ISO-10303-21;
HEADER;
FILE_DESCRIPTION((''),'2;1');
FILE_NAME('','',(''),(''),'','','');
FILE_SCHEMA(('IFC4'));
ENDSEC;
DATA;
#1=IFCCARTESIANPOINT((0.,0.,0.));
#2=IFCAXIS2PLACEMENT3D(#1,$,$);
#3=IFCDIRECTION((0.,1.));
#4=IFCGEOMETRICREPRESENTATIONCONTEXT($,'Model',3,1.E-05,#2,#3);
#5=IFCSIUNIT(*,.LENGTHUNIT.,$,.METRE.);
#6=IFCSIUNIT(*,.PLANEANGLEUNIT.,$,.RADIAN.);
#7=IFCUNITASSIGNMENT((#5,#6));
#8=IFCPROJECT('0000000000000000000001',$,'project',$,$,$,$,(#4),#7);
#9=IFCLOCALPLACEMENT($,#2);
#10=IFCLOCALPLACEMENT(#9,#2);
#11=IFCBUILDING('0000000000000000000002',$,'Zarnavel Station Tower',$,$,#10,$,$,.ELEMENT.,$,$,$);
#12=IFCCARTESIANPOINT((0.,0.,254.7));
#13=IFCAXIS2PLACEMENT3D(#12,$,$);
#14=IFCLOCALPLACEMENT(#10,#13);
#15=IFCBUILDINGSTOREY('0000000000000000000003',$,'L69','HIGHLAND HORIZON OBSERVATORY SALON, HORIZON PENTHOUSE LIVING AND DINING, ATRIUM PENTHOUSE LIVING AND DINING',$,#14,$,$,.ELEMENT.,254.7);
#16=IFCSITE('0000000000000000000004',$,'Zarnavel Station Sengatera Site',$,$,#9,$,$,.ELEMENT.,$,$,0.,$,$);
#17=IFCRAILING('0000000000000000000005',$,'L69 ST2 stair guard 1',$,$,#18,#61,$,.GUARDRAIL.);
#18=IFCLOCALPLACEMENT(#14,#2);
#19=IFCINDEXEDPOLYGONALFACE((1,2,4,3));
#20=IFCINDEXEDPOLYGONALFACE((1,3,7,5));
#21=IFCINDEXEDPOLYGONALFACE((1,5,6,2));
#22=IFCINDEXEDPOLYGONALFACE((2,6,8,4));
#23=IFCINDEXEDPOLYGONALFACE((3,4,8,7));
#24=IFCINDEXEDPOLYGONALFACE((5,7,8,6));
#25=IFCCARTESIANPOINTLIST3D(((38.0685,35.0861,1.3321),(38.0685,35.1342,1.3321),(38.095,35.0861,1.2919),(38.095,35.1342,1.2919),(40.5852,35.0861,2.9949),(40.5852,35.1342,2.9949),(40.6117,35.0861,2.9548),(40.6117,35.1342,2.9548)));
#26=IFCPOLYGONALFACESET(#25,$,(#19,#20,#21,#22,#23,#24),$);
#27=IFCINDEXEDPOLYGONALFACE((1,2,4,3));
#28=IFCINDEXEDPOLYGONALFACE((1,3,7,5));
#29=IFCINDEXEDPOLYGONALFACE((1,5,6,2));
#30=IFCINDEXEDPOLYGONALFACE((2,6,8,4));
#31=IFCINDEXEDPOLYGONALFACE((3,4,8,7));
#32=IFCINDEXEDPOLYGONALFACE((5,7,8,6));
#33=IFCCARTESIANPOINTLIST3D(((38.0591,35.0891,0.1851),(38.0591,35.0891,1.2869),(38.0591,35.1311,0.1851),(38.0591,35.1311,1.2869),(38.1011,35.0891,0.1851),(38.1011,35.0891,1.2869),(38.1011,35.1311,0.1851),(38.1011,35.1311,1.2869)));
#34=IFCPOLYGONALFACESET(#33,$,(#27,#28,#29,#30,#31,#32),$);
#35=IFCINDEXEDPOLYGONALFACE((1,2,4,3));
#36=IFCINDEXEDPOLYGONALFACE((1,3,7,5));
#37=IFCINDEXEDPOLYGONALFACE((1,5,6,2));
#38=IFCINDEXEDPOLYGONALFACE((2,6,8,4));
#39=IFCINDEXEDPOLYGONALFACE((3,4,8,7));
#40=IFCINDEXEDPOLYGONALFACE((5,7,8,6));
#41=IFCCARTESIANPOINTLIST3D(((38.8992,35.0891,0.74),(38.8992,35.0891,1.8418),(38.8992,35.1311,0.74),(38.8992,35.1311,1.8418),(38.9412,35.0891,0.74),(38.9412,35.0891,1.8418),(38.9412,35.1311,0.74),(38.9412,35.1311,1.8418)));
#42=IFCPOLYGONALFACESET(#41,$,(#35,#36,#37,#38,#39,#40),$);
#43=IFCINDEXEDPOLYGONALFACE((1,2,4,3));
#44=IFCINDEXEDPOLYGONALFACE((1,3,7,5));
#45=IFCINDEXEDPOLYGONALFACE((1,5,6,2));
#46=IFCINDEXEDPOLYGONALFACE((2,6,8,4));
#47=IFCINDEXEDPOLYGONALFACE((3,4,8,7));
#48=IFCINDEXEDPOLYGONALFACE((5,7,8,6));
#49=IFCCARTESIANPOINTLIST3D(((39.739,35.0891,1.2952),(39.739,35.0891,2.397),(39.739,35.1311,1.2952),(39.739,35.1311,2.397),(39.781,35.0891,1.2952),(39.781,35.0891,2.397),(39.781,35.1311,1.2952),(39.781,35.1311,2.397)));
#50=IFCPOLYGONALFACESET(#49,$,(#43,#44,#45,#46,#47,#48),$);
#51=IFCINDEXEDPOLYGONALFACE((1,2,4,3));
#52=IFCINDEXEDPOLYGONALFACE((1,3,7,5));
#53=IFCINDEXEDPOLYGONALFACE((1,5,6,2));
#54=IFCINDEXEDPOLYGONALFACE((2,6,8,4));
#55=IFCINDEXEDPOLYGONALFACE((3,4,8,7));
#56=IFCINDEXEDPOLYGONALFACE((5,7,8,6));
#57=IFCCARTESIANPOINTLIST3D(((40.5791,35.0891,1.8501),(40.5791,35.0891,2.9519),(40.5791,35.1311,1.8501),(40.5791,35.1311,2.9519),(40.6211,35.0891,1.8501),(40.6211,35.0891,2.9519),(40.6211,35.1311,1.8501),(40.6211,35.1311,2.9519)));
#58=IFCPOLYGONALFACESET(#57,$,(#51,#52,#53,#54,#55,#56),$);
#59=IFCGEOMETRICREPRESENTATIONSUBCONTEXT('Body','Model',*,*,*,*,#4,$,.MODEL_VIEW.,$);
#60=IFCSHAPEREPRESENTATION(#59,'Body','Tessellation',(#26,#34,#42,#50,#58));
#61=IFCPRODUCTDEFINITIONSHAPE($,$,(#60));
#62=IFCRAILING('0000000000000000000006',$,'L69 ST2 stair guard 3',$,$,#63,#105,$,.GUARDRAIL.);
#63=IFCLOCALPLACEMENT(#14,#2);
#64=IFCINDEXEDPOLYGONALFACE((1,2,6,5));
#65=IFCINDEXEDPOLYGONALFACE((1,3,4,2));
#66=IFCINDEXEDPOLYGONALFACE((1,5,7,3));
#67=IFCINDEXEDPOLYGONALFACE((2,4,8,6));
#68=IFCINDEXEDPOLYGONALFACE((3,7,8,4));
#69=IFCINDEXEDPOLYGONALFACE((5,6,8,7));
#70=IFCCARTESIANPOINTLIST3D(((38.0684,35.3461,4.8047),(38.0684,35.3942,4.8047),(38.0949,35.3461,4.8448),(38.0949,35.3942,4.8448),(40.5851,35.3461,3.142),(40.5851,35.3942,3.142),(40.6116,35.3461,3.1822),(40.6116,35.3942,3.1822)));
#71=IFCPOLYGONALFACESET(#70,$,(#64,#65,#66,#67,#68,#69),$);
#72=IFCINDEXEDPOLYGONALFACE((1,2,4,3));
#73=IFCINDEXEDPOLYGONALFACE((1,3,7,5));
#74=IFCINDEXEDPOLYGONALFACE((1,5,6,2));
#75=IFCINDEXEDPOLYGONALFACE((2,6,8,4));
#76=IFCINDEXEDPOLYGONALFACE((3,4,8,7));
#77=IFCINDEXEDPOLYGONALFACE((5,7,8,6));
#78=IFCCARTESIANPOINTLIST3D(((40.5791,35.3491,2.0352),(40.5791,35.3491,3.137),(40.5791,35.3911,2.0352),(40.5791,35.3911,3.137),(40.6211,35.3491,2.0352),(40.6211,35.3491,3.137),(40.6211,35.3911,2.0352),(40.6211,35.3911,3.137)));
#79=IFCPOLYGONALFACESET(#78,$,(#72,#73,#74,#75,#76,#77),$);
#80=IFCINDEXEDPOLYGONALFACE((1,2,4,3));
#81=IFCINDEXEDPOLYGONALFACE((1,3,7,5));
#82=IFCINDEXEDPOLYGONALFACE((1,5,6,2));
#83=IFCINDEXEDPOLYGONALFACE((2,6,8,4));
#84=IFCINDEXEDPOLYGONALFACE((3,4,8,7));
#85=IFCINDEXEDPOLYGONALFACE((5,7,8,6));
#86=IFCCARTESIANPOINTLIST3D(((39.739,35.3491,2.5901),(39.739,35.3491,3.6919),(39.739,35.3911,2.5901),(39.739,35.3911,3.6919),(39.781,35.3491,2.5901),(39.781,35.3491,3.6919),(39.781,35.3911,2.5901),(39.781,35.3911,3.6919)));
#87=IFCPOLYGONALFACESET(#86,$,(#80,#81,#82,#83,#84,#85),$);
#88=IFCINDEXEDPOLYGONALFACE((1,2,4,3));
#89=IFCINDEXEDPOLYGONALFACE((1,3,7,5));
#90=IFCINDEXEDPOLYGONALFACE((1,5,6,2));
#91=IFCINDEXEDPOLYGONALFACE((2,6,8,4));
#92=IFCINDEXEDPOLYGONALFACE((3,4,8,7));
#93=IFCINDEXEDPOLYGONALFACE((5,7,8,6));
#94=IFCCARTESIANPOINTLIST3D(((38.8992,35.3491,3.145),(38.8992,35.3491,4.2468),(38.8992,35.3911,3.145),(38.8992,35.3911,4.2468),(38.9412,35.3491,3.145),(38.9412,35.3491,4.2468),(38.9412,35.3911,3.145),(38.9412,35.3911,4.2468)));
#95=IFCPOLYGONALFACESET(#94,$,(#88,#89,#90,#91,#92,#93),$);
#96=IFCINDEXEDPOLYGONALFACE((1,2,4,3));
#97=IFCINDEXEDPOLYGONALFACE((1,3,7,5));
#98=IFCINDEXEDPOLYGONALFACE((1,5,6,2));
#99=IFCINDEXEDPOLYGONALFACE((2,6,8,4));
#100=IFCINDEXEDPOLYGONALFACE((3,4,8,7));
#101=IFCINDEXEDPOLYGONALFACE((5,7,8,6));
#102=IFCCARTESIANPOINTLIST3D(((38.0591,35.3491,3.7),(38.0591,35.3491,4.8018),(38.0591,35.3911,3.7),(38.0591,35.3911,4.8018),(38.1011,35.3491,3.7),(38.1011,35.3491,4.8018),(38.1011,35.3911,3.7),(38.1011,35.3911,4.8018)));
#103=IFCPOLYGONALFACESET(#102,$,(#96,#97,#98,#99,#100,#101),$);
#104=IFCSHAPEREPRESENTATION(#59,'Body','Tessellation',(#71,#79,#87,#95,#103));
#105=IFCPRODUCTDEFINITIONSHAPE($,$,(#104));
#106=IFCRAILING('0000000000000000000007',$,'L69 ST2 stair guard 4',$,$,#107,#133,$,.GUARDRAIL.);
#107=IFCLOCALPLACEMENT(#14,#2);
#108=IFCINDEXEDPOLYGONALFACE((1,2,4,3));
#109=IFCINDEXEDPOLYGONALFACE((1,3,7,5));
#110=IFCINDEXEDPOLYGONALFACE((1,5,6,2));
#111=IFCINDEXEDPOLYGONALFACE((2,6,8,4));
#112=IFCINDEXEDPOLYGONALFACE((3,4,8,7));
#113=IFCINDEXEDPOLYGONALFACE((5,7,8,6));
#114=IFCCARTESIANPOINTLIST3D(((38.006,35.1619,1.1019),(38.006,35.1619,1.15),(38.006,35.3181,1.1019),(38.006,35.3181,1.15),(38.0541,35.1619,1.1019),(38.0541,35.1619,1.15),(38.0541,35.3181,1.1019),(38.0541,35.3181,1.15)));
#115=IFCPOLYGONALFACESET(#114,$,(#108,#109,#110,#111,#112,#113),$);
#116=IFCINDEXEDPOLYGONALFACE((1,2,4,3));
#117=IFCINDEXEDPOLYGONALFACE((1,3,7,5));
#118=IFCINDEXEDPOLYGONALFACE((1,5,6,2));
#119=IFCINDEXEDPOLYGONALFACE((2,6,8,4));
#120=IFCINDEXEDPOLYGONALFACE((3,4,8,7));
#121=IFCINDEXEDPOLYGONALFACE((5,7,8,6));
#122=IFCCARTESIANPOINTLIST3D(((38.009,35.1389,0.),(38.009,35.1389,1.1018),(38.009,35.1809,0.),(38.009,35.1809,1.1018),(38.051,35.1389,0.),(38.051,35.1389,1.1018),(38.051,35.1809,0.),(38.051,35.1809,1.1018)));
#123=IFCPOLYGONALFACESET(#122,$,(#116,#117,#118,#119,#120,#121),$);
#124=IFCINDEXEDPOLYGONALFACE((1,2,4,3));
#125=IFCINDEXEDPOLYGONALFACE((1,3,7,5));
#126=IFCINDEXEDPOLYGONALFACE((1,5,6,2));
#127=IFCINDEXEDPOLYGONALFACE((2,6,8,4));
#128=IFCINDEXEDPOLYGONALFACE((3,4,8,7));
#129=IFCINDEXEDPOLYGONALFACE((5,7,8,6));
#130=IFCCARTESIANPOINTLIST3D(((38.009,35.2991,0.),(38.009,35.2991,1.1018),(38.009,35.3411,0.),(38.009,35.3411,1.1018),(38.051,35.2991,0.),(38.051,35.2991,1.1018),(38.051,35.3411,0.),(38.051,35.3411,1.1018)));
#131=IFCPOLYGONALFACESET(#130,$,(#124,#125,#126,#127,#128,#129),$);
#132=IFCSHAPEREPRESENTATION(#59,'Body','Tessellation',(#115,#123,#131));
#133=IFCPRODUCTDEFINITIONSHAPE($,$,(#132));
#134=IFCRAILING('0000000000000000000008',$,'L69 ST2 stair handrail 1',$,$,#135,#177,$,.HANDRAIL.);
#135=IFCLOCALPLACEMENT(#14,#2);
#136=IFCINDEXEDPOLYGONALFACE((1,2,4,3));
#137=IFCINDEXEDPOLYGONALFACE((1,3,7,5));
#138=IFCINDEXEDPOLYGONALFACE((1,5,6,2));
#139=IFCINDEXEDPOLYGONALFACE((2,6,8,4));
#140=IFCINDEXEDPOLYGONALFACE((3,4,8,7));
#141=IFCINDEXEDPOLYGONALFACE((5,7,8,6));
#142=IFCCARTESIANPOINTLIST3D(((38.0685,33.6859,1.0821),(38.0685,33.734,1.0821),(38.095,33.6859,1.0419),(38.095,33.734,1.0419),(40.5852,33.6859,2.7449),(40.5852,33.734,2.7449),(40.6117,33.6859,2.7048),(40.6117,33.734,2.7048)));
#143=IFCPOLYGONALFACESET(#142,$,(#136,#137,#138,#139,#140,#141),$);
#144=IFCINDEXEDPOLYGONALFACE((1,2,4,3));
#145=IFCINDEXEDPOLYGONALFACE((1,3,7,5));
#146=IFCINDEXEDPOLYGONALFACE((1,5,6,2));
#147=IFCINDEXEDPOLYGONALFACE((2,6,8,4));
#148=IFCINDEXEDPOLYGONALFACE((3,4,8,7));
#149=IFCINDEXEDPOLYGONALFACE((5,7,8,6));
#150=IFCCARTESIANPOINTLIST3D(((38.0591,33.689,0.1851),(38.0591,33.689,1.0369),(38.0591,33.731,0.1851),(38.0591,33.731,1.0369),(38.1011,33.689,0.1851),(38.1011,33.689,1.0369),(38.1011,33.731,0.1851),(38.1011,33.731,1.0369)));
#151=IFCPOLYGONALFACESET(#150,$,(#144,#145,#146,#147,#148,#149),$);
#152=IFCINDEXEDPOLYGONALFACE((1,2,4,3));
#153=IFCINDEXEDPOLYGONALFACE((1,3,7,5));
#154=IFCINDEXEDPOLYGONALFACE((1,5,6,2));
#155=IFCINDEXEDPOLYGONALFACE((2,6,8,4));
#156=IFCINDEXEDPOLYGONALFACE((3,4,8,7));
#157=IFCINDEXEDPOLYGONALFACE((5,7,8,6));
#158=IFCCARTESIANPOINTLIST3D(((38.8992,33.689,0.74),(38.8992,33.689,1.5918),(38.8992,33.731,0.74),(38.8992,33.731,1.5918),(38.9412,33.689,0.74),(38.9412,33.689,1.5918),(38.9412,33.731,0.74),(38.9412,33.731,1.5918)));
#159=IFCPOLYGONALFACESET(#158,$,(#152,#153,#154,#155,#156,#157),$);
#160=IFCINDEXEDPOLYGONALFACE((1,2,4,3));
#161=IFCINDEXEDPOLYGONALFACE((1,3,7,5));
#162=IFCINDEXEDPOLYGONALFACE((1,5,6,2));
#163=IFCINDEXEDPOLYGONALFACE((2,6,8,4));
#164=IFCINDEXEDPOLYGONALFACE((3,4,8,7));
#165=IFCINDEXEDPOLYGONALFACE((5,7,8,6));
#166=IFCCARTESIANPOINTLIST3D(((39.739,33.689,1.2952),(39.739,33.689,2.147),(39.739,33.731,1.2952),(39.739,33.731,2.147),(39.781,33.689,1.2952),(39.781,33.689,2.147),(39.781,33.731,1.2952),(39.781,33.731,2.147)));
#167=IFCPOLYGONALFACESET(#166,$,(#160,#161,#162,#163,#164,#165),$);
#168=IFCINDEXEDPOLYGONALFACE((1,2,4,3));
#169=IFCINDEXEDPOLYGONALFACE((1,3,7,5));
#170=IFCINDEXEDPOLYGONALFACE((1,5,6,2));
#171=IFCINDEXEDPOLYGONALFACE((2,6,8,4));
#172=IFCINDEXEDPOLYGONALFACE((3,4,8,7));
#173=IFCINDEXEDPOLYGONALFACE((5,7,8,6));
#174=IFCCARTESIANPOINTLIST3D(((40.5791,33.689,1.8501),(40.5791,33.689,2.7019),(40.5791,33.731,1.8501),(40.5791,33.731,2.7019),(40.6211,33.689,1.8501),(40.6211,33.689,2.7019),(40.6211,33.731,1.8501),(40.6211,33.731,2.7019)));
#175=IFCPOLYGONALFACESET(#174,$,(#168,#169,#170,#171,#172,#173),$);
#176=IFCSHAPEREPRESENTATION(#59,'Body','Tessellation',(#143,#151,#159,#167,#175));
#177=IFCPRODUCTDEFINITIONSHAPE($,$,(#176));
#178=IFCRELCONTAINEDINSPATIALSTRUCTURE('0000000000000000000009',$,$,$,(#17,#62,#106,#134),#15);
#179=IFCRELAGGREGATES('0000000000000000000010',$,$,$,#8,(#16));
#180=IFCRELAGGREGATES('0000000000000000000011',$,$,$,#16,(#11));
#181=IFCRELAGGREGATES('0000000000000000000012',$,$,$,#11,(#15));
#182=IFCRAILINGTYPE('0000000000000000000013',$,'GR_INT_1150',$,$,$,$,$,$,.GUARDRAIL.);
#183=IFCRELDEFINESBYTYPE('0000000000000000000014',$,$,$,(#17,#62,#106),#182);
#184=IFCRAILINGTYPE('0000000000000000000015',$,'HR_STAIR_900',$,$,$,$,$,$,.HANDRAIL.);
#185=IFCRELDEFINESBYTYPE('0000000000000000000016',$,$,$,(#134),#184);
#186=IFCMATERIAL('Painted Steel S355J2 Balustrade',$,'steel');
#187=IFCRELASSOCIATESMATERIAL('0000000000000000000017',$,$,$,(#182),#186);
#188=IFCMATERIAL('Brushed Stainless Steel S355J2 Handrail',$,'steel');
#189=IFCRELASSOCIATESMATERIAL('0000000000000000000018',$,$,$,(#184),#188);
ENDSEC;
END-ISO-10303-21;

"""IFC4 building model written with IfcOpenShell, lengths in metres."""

from ifc_helpers import new_model, si_unit, direction, frame, origin, origin_2d, place, context, subcontext, project, spatial, rectangle, extrude, material, type_object, element, save


model = new_model("IFC4")

# Units and contexts
model_context = context("Model", 3, precision=1e-05, world=origin(), true_north=direction((0.0, 1.0)))
body_context = subcontext(model_context, "Body", "Model", "MODEL_VIEW")
ifc_project = project(units=[si_unit("LENGTHUNIT", "METRE"), si_unit("PLANEANGLEUNIT", "RADIAN")], contexts=[model_context])

# Site, building, storey
site_placement = place(None, origin())
site = spatial("IfcSite", under=ifc_project, at=site_placement, Name="Zarnavel Station Sengatera Site", CompositionType="ELEMENT", RefElevation=0.0)
building_placement = place(site_placement, origin())
building = spatial("IfcBuilding", under=site, at=building_placement, Name="Zarnavel Station Tower", CompositionType="ELEMENT")
storey_placement = place(building_placement, frame((0.0, 0.0, 254.7)))
storey = spatial("IfcBuildingStorey", under=building, at=storey_placement, Name="L69", Description="HIGHLAND HORIZON OBSERVATORY SALON, HORIZON PENTHOUSE LIVING AND DINING, ATRIUM PENTHOUSE LIVING AND DINING", CompositionType="ELEMENT", Elevation=254.7)

# Railings
ifc_material_1 = material(Name="Painted Steel S355J2 Balustrade", Category="steel")
railing_type_1 = type_object("IfcRailingType", Name="GR_INT_1150", PredefinedType="GUARDRAIL", material=ifc_material_1)
railing_1_placement = place(storey_placement, frame((38.0801, 35.1101, 0.1851)))
element("IfcRailing", 1, at=railing_1_placement, inside=storey, type_object=railing_type_1, Name="L69 ST2 stair guard 1", PredefinedType="GUARDRAIL", context=body_context, shape_type="SweptSolid", body=[
    extrude(rectangle(XDim=0.0481, YDim=0.0481, at=origin_2d()), frame((0.0017, 0.0, 1.127), z_axis=(0.834331, 0.0, 0.551263), x_axis=(0.0, 1.0, 0.0)), (0.0, 0.0, 1.0), 3.0164),
    extrude(rectangle(XDim=0.042, YDim=0.042, at=origin_2d()), origin(), (0.0, 0.0, 1.0), 1.1018),
    extrude(rectangle(XDim=0.042, YDim=0.042, at=origin_2d()), frame((0.8401, 0.0, 0.5549)), (0.0, 0.0, 1.0), 1.1018),
    extrude(rectangle(XDim=0.042, YDim=0.042, at=origin_2d()), frame((1.6799, 0.0, 1.1101)), (0.0, 0.0, 1.0), 1.1018),
    extrude(rectangle(XDim=0.042, YDim=0.042, at=origin_2d()), frame((2.52, 0.0, 1.665)), (0.0, 0.0, 1.0), 1.1018),
])
railing_2_placement = place(storey_placement, frame((40.6001, 35.3701, 2.0352)))
element("IfcRailing", 2, at=railing_2_placement, inside=storey, type_object=railing_type_1, Name="L69 ST2 stair guard 3", PredefinedType="GUARDRAIL", context=body_context, shape_type="SweptSolid", body=[
    extrude(rectangle(XDim=0.0481, YDim=0.0481, at=origin_2d()), frame((-0.0017, 0.0, 1.127), z_axis=(-0.834369, 0.0, 0.551207), x_axis=(0.0, -1.0, 0.0)), (0.0, 0.0, 1.0), 3.0164),
    extrude(rectangle(XDim=0.042, YDim=0.042, at=origin_2d()), origin(), (0.0, 0.0, 1.0), 1.1018),
    extrude(rectangle(XDim=0.042, YDim=0.042, at=origin_2d()), frame((-0.8401, 0.0, 0.5549)), (0.0, 0.0, 1.0), 1.1018),
    extrude(rectangle(XDim=0.042, YDim=0.042, at=origin_2d()), frame((-1.6799, 0.0, 1.1099)), (0.0, 0.0, 1.0), 1.1018),
    extrude(rectangle(XDim=0.042, YDim=0.042, at=origin_2d()), frame((-2.52, 0.0, 1.6648)), (0.0, 0.0, 1.0), 1.1018),
])
railing_3_placement = place(storey_placement, frame((38.03, 35.1599, 0.0)))
element("IfcRailing", 3, at=railing_3_placement, inside=storey, type_object=railing_type_1, Name="L69 ST2 stair guard 4", PredefinedType="GUARDRAIL", context=body_context, shape_type="SweptSolid", body=[
    extrude(rectangle(XDim=0.0481, YDim=0.0481, at=origin_2d()), frame((0.0, 0.002, 1.126), z_axis=(0.0, 1.0, 0.0), x_axis=(-1.0, 0.0, 0.0)), (0.0, 0.0, 1.0), 0.1562),
    extrude(rectangle(XDim=0.042, YDim=0.042, at=origin_2d()), origin(), (0.0, 0.0, 1.0), 1.1018),
    extrude(rectangle(XDim=0.042, YDim=0.042, at=origin_2d()), frame((0.0, 0.1602, 0.0)), (0.0, 0.0, 1.0), 1.1018),
])
ifc_material_2 = material(Name="Brushed Stainless Steel S355J2 Handrail", Category="steel")
railing_type_2 = type_object("IfcRailingType", Name="HR_STAIR_900", PredefinedType="HANDRAIL", material=ifc_material_2)
railing_4_placement = place(storey_placement, frame((38.0801, 33.71, 0.1851)))
element("IfcRailing", 4, at=railing_4_placement, inside=storey, type_object=railing_type_2, Name="L69 ST2 stair handrail 1", PredefinedType="HANDRAIL", context=body_context, shape_type="SweptSolid", body=[
    extrude(rectangle(XDim=0.0481, YDim=0.0481, at=origin_2d()), frame((0.0017, 0.0, 0.877), z_axis=(0.834331, 0.0, 0.551263), x_axis=(0.0, 1.0, 0.0)), (0.0, 0.0, 1.0), 3.0164),
    extrude(rectangle(XDim=0.042, YDim=0.042, at=origin_2d()), origin(), (0.0, 0.0, 1.0), 0.8518),
    extrude(rectangle(XDim=0.042, YDim=0.042, at=origin_2d()), frame((0.8401, 0.0, 0.5549)), (0.0, 0.0, 1.0), 0.8518),
    extrude(rectangle(XDim=0.042, YDim=0.042, at=origin_2d()), frame((1.6799, 0.0, 1.1101)), (0.0, 0.0, 1.0), 0.8518),
    extrude(rectangle(XDim=0.042, YDim=0.042, at=origin_2d()), frame((2.52, 0.0, 1.665)), (0.0, 0.0, 1.0), 0.8518),
])

save(model, "model.ifc")
